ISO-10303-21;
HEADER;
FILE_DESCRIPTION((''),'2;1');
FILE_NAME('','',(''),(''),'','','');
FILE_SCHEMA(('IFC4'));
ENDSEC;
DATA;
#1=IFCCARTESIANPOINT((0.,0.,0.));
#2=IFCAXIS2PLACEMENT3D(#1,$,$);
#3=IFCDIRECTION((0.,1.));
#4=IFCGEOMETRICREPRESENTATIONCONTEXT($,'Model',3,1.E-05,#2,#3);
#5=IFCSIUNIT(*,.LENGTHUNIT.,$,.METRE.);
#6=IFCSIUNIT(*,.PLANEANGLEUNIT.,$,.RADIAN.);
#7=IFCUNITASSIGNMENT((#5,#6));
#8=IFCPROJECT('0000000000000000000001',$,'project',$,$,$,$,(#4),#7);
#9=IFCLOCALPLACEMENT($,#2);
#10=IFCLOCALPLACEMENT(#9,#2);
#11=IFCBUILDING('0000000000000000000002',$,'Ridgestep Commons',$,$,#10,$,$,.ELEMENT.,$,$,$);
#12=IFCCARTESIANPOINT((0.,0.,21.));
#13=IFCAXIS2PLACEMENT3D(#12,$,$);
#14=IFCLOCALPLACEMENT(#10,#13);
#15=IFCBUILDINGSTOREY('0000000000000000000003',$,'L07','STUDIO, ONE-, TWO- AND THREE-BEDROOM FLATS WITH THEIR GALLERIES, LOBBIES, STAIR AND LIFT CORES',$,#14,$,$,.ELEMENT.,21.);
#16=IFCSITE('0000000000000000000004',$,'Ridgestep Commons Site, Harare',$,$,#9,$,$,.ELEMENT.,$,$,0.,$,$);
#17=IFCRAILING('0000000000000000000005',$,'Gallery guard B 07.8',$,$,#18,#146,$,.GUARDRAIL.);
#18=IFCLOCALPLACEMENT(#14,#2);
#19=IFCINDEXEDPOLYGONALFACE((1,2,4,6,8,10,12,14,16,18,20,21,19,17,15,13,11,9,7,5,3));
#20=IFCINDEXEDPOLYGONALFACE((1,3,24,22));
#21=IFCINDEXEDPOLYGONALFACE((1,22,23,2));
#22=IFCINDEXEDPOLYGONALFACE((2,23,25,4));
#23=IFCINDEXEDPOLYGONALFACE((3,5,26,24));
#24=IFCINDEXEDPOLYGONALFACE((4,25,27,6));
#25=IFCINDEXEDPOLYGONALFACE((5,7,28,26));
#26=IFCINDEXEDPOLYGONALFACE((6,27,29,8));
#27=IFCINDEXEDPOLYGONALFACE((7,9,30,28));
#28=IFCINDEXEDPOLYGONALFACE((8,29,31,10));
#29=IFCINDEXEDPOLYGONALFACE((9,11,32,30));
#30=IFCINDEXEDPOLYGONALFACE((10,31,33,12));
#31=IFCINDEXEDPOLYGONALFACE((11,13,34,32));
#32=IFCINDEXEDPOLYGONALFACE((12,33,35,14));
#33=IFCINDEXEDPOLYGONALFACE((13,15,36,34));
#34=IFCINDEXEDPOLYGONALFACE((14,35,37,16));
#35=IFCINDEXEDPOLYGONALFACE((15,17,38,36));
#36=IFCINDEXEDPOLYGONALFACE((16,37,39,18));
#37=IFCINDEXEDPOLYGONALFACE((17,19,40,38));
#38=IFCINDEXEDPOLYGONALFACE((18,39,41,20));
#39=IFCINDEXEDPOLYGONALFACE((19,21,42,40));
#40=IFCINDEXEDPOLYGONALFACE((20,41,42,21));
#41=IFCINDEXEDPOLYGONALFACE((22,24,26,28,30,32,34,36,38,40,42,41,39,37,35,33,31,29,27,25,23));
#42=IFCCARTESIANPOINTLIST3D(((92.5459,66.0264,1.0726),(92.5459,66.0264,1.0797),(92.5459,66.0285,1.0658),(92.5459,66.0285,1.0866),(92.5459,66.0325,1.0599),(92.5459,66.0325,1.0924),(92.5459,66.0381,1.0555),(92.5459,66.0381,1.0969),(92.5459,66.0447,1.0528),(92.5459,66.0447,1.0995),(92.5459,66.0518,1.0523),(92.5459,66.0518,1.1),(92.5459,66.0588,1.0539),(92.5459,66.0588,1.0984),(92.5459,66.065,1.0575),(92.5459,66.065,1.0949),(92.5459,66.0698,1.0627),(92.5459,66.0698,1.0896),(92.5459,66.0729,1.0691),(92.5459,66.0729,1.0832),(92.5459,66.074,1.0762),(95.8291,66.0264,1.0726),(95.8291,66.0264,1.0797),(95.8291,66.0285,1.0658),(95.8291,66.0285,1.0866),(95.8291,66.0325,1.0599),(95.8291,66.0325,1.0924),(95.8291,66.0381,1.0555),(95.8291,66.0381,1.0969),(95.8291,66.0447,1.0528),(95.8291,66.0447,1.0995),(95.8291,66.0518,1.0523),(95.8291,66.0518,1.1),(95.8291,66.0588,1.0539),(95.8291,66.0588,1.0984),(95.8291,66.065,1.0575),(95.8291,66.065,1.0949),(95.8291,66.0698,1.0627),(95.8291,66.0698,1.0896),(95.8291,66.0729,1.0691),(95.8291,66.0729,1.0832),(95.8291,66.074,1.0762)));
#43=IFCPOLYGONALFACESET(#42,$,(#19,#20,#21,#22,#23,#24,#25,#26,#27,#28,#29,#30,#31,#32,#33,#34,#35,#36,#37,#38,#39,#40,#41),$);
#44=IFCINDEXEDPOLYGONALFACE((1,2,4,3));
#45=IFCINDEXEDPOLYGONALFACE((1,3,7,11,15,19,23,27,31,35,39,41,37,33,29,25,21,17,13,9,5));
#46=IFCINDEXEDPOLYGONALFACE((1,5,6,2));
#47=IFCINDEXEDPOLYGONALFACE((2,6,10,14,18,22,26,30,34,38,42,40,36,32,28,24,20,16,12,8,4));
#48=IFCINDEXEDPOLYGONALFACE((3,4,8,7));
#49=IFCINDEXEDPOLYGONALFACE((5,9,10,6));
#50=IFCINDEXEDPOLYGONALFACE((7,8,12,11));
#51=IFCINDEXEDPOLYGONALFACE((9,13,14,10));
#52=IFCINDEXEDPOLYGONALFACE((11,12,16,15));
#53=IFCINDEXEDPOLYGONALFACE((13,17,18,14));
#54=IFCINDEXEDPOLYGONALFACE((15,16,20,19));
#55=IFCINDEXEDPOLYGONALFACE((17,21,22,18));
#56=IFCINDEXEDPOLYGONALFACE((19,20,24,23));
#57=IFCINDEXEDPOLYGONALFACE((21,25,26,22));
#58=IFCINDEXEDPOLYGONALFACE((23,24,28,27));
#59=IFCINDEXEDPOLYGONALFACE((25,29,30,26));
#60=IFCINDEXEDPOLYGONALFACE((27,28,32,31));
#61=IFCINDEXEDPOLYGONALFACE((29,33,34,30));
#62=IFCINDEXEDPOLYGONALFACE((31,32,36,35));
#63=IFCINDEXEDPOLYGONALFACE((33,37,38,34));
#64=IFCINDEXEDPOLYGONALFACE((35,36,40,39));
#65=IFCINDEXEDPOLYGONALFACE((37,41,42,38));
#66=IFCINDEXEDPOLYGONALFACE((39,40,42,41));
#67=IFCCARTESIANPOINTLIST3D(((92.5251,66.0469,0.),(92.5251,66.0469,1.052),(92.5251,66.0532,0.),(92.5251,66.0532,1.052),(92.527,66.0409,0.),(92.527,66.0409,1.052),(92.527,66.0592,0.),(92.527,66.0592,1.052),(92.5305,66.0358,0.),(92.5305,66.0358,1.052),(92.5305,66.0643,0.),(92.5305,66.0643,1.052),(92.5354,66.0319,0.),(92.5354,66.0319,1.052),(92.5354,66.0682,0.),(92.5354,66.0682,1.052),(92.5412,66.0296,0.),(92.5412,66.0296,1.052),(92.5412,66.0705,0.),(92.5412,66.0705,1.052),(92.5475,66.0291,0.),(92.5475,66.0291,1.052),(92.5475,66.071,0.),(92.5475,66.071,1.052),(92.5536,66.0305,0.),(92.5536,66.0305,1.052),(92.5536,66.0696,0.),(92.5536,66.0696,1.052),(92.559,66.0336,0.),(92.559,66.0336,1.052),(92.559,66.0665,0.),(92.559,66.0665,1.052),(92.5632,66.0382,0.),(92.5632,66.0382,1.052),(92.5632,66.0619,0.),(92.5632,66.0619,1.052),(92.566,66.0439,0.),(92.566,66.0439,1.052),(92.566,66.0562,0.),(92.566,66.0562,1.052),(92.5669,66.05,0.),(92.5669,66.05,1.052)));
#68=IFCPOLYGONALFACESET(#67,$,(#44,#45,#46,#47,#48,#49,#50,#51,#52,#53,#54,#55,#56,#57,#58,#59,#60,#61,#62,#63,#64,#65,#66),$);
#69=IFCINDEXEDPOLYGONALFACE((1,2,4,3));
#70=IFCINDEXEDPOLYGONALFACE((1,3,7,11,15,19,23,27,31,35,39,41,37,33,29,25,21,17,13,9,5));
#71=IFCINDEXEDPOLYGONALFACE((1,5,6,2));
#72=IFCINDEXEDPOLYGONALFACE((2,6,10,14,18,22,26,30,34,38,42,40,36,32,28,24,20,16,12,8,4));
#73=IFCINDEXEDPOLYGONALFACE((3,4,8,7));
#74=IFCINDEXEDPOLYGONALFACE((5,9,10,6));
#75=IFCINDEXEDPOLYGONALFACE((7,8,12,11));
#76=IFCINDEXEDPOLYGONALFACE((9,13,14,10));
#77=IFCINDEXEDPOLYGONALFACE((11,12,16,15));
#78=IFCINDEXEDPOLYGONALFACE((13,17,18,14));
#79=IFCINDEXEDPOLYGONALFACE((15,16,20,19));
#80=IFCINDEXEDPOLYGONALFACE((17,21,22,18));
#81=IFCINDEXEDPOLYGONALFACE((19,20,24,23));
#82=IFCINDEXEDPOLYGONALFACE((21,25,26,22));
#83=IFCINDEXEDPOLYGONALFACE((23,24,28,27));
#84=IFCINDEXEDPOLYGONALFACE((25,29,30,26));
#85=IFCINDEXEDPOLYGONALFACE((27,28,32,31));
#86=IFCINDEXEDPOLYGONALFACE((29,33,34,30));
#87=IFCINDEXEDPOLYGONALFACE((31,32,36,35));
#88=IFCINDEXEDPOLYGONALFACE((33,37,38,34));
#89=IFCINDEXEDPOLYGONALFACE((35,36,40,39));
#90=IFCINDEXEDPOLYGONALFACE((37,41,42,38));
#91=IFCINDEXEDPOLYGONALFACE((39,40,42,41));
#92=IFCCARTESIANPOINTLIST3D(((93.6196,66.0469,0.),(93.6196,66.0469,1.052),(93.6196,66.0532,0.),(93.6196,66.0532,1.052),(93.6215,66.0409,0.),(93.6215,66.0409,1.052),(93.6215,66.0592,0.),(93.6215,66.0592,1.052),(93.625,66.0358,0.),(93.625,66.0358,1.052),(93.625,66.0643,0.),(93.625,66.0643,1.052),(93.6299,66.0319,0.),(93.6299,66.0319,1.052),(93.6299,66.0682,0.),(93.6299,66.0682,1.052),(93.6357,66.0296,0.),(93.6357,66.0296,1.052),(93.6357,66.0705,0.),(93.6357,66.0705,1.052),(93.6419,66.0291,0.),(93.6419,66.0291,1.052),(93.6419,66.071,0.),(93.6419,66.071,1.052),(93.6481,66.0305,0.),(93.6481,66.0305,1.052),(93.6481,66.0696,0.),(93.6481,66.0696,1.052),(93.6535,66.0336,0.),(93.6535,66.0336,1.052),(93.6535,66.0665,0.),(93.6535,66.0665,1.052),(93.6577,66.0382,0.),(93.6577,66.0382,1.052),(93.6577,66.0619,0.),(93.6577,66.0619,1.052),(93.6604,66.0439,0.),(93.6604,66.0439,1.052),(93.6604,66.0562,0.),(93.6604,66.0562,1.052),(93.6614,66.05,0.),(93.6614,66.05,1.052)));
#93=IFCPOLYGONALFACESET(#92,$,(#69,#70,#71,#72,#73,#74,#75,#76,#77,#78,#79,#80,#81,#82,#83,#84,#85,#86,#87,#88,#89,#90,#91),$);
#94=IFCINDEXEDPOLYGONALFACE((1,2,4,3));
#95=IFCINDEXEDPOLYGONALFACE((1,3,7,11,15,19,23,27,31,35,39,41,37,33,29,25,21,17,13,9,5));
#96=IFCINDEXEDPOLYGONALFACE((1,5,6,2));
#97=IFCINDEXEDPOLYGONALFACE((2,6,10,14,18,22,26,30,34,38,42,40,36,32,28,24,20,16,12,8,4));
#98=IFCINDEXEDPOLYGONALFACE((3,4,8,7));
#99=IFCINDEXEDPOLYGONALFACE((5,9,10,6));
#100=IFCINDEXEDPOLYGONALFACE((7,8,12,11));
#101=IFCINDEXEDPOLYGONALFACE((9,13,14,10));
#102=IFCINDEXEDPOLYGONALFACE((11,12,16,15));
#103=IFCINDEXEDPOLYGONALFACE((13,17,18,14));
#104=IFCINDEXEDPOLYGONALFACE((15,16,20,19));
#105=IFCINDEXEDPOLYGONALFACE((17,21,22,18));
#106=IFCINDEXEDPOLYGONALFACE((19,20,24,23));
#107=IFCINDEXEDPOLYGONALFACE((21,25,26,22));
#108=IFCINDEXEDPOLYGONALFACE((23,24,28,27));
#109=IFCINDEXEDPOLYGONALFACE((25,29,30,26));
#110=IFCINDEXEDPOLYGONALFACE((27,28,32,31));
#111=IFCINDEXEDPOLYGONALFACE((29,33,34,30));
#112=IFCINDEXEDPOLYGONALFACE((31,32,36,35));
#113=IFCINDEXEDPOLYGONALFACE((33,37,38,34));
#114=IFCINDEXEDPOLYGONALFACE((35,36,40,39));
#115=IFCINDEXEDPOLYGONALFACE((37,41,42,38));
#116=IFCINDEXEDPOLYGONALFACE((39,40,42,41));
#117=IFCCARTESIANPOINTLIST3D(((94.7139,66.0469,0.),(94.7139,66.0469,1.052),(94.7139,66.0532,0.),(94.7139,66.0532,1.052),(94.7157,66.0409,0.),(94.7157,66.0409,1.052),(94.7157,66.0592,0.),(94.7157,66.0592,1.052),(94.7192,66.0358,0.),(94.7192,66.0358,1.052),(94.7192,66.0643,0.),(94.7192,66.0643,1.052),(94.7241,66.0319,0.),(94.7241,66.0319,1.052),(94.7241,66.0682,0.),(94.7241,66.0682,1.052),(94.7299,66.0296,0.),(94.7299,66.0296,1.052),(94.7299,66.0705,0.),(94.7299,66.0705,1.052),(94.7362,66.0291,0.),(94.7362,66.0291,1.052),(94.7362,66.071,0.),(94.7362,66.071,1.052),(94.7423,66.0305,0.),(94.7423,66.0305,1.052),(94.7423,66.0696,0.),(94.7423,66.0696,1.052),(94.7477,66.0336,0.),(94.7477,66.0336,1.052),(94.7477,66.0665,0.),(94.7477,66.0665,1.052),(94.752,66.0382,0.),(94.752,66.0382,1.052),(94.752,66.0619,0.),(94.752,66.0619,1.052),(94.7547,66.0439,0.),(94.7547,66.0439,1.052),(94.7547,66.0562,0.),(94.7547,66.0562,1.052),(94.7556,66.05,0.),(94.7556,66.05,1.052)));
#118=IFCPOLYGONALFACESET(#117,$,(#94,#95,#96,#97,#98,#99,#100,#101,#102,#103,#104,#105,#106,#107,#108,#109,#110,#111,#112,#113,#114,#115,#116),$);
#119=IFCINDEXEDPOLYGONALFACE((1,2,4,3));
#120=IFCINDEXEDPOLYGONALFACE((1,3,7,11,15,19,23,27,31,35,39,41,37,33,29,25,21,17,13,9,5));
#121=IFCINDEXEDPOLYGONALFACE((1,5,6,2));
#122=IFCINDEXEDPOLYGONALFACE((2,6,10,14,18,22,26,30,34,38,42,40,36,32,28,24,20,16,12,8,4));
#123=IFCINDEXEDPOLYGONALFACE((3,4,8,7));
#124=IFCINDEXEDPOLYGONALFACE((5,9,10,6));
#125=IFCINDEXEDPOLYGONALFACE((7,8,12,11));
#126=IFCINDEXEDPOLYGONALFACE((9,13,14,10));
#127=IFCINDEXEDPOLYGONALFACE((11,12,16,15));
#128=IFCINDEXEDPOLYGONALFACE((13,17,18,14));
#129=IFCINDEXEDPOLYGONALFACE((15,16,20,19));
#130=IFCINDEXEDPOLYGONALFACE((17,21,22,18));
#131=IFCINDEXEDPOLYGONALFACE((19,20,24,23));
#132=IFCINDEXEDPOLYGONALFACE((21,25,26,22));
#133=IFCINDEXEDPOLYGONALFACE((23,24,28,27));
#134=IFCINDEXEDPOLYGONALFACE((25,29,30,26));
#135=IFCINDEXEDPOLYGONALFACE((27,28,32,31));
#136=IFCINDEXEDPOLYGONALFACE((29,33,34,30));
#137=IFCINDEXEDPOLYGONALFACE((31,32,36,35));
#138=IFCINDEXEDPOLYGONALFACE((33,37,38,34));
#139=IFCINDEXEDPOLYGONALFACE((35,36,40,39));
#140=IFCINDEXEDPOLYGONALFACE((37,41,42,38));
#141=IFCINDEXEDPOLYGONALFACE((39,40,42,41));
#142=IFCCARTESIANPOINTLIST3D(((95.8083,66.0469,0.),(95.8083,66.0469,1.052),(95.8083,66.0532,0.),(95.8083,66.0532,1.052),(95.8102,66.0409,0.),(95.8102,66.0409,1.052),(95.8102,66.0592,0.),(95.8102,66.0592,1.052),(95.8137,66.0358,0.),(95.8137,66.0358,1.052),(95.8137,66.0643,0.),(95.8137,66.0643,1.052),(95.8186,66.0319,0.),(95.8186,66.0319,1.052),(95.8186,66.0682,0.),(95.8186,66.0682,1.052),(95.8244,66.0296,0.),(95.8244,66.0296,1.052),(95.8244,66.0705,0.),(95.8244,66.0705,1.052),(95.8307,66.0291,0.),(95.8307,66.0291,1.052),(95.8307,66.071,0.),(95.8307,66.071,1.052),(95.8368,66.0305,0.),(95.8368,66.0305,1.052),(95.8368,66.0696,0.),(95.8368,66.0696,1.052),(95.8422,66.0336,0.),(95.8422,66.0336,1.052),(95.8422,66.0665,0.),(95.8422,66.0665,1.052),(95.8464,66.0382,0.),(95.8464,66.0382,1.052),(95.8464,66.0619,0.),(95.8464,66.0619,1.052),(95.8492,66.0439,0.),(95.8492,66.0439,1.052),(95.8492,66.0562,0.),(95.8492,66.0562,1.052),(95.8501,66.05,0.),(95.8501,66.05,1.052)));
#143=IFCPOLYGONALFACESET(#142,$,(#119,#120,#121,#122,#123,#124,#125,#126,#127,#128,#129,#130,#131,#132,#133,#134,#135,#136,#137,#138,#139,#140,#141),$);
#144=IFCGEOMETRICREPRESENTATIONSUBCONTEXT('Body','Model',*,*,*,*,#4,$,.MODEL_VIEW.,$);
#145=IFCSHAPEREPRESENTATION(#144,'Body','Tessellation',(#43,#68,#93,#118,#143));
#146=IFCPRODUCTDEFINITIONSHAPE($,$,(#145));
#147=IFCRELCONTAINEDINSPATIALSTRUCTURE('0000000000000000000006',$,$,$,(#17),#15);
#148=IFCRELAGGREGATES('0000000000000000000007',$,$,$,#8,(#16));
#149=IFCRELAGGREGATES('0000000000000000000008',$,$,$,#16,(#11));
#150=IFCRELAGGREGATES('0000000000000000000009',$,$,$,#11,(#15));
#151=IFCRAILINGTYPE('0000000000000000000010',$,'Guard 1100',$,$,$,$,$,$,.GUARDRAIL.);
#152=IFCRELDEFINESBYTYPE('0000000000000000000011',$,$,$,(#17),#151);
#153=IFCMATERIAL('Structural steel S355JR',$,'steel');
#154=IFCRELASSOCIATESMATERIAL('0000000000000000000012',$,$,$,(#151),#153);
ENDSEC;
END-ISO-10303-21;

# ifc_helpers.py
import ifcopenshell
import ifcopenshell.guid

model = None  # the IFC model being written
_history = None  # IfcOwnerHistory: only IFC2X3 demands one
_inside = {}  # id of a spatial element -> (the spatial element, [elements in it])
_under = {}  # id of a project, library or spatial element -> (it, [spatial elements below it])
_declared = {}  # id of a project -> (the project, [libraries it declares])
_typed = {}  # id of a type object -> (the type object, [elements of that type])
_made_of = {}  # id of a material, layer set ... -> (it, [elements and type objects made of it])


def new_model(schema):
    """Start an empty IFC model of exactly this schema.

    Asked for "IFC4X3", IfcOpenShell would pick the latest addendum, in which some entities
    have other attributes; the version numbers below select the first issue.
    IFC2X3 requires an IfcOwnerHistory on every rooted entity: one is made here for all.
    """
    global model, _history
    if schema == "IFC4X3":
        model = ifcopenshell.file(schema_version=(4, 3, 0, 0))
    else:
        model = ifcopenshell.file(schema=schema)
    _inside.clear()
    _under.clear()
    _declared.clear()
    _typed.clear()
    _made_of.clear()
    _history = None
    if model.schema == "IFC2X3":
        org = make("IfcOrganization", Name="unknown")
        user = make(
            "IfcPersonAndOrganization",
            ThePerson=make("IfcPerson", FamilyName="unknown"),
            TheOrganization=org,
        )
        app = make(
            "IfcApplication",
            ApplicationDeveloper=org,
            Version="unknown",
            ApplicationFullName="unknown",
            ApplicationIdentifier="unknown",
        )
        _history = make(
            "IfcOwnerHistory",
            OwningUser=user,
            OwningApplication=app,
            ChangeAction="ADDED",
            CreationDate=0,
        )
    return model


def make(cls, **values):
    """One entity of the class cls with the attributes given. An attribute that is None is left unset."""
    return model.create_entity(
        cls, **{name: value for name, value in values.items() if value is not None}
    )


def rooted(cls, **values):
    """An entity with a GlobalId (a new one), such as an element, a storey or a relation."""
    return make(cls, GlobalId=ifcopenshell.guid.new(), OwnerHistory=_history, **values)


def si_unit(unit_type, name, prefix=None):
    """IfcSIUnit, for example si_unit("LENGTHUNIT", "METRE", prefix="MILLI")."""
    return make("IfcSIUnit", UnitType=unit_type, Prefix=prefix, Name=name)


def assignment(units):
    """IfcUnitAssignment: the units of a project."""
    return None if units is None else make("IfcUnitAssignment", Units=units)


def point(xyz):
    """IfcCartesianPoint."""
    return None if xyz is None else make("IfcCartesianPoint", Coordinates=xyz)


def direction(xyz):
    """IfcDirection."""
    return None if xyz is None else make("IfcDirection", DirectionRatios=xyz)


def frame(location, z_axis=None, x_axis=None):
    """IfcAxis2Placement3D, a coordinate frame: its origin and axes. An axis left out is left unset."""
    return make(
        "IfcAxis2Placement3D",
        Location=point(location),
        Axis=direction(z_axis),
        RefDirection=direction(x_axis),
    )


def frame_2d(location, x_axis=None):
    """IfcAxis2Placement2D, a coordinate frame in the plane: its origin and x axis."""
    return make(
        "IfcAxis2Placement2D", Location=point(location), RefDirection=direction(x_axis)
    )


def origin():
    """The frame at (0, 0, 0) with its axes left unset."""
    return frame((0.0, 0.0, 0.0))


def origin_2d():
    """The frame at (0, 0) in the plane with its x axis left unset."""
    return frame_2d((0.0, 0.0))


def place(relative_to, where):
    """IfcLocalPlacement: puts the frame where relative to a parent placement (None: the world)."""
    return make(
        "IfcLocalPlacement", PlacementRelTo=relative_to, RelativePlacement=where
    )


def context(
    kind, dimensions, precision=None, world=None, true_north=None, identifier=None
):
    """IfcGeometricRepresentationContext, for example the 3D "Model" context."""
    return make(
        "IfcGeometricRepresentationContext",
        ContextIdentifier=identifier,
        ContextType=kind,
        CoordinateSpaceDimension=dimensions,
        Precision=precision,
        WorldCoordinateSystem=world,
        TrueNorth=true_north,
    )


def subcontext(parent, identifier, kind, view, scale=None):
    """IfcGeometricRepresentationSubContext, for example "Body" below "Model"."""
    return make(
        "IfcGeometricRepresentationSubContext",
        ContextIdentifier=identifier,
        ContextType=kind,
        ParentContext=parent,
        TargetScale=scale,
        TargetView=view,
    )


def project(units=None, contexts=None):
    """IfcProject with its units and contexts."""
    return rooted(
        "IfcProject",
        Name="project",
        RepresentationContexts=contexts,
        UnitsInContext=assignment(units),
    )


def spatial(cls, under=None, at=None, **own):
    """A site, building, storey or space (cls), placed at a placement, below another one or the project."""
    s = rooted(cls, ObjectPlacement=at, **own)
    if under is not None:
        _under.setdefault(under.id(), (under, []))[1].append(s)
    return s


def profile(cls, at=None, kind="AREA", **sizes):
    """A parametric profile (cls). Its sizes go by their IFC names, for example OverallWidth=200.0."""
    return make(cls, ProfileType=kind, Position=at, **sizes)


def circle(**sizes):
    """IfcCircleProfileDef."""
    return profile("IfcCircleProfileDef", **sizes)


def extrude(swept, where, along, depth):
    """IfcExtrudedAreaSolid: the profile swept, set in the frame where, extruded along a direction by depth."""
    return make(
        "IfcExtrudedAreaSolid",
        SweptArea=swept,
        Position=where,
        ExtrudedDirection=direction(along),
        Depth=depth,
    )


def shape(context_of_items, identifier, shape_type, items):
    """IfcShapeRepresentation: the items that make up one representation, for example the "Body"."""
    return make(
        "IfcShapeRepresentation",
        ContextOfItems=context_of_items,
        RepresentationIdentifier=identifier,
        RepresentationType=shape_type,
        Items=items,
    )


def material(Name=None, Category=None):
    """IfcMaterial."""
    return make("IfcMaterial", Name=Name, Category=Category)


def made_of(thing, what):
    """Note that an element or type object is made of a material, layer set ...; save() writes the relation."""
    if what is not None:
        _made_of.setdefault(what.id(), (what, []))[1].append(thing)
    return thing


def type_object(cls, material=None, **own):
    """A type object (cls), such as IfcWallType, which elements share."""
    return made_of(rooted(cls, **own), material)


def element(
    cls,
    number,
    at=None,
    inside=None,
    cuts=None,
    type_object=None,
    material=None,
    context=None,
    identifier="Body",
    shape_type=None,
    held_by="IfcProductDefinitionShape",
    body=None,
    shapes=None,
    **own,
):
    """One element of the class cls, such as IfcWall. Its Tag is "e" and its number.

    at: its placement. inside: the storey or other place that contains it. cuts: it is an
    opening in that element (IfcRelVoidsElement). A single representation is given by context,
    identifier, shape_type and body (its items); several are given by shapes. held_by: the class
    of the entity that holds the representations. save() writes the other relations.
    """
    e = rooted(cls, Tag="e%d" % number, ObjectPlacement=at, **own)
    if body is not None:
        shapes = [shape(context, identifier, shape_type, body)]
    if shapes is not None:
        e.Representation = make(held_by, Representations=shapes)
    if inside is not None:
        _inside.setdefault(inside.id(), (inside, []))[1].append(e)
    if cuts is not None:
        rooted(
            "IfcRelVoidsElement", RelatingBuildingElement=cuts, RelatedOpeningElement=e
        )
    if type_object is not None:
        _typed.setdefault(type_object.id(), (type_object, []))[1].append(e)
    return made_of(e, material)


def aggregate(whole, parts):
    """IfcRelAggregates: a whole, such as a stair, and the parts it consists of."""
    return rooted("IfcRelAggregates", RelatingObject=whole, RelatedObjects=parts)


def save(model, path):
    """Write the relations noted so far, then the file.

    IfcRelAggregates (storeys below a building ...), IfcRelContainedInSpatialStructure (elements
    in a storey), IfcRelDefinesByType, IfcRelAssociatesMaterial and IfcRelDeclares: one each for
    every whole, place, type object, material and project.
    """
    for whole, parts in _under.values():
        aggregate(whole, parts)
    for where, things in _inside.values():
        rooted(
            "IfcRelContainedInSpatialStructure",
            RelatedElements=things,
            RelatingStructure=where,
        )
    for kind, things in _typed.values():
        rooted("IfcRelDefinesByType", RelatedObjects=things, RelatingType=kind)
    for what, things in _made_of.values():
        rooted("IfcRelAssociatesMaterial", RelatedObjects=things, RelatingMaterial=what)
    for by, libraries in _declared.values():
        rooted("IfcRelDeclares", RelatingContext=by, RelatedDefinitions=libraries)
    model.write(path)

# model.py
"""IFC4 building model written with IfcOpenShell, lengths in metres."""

from ifc_helpers import new_model, si_unit, direction, frame, origin, origin_2d, place, context, subcontext, project, spatial, circle, extrude, material, type_object, element, save


model = new_model("IFC4")

# Units and contexts
model_context = context("Model", 3, precision=1e-05, world=origin(), true_north=direction((0.0, 1.0)))
body_context = subcontext(model_context, "Body", "Model", "MODEL_VIEW")
ifc_project = project(units=[si_unit("LENGTHUNIT", "METRE"), si_unit("PLANEANGLEUNIT", "RADIAN")], contexts=[model_context])

# Site, building, storey
site_placement = place(None, origin())
site = spatial("IfcSite", under=ifc_project, at=site_placement, Name="Ridgestep Commons Site, Harare", CompositionType="ELEMENT", RefElevation=0.0)
building_placement = place(site_placement, origin())
building = spatial("IfcBuilding", under=site, at=building_placement, Name="Ridgestep Commons", CompositionType="ELEMENT")
storey_placement = place(building_placement, frame((0.0, 0.0, 21.0)))
storey = spatial("IfcBuildingStorey", under=building, at=storey_placement, Name="L07", Description="STUDIO, ONE-, TWO- AND THREE-BEDROOM FLATS WITH THEIR GALLERIES, LOBBIES, STAIR AND LIFT CORES", CompositionType="ELEMENT", Elevation=21.0)

# Railing
ifc_material_1 = material(Name="Structural steel S355JR", Category="steel")
railing_type = type_object("IfcRailingType", Name="Guard 1100", PredefinedType="GUARDRAIL", material=ifc_material_1)
railing_1_placement = place(storey_placement, frame((92.5459, 66.05, 0.0)))
element("IfcRailing", 1, at=railing_1_placement, inside=storey, type_object=railing_type, Name="Gallery guard B 07.8", PredefinedType="GUARDRAIL", context=body_context, shape_type="SweptSolid", body=[
    extrude(circle(Radius=0.0239, at=origin_2d()), frame((0.0, 0.0, 1.0762), z_axis=(1.0, 0.0, 0.0), x_axis=(0.0, 1.0, 0.0)), (0.0, 0.0, 1.0), 3.2832),
    extrude(circle(Radius=0.021, at=origin_2d()), origin(), (0.0, 0.0, 1.0), 1.052),
    extrude(circle(Radius=0.021, at=origin_2d()), frame((1.0945, 0.0, 0.0)), (0.0, 0.0, 1.0), 1.052),
    extrude(circle(Radius=0.021, at=origin_2d()), frame((2.1887, 0.0, 0.0)), (0.0, 0.0, 1.0), 1.052),
    extrude(circle(Radius=0.021, at=origin_2d()), frame((3.2832, 0.0, 0.0)), (0.0, 0.0, 1.0), 1.052),
])

save(model, "model.ifc")
